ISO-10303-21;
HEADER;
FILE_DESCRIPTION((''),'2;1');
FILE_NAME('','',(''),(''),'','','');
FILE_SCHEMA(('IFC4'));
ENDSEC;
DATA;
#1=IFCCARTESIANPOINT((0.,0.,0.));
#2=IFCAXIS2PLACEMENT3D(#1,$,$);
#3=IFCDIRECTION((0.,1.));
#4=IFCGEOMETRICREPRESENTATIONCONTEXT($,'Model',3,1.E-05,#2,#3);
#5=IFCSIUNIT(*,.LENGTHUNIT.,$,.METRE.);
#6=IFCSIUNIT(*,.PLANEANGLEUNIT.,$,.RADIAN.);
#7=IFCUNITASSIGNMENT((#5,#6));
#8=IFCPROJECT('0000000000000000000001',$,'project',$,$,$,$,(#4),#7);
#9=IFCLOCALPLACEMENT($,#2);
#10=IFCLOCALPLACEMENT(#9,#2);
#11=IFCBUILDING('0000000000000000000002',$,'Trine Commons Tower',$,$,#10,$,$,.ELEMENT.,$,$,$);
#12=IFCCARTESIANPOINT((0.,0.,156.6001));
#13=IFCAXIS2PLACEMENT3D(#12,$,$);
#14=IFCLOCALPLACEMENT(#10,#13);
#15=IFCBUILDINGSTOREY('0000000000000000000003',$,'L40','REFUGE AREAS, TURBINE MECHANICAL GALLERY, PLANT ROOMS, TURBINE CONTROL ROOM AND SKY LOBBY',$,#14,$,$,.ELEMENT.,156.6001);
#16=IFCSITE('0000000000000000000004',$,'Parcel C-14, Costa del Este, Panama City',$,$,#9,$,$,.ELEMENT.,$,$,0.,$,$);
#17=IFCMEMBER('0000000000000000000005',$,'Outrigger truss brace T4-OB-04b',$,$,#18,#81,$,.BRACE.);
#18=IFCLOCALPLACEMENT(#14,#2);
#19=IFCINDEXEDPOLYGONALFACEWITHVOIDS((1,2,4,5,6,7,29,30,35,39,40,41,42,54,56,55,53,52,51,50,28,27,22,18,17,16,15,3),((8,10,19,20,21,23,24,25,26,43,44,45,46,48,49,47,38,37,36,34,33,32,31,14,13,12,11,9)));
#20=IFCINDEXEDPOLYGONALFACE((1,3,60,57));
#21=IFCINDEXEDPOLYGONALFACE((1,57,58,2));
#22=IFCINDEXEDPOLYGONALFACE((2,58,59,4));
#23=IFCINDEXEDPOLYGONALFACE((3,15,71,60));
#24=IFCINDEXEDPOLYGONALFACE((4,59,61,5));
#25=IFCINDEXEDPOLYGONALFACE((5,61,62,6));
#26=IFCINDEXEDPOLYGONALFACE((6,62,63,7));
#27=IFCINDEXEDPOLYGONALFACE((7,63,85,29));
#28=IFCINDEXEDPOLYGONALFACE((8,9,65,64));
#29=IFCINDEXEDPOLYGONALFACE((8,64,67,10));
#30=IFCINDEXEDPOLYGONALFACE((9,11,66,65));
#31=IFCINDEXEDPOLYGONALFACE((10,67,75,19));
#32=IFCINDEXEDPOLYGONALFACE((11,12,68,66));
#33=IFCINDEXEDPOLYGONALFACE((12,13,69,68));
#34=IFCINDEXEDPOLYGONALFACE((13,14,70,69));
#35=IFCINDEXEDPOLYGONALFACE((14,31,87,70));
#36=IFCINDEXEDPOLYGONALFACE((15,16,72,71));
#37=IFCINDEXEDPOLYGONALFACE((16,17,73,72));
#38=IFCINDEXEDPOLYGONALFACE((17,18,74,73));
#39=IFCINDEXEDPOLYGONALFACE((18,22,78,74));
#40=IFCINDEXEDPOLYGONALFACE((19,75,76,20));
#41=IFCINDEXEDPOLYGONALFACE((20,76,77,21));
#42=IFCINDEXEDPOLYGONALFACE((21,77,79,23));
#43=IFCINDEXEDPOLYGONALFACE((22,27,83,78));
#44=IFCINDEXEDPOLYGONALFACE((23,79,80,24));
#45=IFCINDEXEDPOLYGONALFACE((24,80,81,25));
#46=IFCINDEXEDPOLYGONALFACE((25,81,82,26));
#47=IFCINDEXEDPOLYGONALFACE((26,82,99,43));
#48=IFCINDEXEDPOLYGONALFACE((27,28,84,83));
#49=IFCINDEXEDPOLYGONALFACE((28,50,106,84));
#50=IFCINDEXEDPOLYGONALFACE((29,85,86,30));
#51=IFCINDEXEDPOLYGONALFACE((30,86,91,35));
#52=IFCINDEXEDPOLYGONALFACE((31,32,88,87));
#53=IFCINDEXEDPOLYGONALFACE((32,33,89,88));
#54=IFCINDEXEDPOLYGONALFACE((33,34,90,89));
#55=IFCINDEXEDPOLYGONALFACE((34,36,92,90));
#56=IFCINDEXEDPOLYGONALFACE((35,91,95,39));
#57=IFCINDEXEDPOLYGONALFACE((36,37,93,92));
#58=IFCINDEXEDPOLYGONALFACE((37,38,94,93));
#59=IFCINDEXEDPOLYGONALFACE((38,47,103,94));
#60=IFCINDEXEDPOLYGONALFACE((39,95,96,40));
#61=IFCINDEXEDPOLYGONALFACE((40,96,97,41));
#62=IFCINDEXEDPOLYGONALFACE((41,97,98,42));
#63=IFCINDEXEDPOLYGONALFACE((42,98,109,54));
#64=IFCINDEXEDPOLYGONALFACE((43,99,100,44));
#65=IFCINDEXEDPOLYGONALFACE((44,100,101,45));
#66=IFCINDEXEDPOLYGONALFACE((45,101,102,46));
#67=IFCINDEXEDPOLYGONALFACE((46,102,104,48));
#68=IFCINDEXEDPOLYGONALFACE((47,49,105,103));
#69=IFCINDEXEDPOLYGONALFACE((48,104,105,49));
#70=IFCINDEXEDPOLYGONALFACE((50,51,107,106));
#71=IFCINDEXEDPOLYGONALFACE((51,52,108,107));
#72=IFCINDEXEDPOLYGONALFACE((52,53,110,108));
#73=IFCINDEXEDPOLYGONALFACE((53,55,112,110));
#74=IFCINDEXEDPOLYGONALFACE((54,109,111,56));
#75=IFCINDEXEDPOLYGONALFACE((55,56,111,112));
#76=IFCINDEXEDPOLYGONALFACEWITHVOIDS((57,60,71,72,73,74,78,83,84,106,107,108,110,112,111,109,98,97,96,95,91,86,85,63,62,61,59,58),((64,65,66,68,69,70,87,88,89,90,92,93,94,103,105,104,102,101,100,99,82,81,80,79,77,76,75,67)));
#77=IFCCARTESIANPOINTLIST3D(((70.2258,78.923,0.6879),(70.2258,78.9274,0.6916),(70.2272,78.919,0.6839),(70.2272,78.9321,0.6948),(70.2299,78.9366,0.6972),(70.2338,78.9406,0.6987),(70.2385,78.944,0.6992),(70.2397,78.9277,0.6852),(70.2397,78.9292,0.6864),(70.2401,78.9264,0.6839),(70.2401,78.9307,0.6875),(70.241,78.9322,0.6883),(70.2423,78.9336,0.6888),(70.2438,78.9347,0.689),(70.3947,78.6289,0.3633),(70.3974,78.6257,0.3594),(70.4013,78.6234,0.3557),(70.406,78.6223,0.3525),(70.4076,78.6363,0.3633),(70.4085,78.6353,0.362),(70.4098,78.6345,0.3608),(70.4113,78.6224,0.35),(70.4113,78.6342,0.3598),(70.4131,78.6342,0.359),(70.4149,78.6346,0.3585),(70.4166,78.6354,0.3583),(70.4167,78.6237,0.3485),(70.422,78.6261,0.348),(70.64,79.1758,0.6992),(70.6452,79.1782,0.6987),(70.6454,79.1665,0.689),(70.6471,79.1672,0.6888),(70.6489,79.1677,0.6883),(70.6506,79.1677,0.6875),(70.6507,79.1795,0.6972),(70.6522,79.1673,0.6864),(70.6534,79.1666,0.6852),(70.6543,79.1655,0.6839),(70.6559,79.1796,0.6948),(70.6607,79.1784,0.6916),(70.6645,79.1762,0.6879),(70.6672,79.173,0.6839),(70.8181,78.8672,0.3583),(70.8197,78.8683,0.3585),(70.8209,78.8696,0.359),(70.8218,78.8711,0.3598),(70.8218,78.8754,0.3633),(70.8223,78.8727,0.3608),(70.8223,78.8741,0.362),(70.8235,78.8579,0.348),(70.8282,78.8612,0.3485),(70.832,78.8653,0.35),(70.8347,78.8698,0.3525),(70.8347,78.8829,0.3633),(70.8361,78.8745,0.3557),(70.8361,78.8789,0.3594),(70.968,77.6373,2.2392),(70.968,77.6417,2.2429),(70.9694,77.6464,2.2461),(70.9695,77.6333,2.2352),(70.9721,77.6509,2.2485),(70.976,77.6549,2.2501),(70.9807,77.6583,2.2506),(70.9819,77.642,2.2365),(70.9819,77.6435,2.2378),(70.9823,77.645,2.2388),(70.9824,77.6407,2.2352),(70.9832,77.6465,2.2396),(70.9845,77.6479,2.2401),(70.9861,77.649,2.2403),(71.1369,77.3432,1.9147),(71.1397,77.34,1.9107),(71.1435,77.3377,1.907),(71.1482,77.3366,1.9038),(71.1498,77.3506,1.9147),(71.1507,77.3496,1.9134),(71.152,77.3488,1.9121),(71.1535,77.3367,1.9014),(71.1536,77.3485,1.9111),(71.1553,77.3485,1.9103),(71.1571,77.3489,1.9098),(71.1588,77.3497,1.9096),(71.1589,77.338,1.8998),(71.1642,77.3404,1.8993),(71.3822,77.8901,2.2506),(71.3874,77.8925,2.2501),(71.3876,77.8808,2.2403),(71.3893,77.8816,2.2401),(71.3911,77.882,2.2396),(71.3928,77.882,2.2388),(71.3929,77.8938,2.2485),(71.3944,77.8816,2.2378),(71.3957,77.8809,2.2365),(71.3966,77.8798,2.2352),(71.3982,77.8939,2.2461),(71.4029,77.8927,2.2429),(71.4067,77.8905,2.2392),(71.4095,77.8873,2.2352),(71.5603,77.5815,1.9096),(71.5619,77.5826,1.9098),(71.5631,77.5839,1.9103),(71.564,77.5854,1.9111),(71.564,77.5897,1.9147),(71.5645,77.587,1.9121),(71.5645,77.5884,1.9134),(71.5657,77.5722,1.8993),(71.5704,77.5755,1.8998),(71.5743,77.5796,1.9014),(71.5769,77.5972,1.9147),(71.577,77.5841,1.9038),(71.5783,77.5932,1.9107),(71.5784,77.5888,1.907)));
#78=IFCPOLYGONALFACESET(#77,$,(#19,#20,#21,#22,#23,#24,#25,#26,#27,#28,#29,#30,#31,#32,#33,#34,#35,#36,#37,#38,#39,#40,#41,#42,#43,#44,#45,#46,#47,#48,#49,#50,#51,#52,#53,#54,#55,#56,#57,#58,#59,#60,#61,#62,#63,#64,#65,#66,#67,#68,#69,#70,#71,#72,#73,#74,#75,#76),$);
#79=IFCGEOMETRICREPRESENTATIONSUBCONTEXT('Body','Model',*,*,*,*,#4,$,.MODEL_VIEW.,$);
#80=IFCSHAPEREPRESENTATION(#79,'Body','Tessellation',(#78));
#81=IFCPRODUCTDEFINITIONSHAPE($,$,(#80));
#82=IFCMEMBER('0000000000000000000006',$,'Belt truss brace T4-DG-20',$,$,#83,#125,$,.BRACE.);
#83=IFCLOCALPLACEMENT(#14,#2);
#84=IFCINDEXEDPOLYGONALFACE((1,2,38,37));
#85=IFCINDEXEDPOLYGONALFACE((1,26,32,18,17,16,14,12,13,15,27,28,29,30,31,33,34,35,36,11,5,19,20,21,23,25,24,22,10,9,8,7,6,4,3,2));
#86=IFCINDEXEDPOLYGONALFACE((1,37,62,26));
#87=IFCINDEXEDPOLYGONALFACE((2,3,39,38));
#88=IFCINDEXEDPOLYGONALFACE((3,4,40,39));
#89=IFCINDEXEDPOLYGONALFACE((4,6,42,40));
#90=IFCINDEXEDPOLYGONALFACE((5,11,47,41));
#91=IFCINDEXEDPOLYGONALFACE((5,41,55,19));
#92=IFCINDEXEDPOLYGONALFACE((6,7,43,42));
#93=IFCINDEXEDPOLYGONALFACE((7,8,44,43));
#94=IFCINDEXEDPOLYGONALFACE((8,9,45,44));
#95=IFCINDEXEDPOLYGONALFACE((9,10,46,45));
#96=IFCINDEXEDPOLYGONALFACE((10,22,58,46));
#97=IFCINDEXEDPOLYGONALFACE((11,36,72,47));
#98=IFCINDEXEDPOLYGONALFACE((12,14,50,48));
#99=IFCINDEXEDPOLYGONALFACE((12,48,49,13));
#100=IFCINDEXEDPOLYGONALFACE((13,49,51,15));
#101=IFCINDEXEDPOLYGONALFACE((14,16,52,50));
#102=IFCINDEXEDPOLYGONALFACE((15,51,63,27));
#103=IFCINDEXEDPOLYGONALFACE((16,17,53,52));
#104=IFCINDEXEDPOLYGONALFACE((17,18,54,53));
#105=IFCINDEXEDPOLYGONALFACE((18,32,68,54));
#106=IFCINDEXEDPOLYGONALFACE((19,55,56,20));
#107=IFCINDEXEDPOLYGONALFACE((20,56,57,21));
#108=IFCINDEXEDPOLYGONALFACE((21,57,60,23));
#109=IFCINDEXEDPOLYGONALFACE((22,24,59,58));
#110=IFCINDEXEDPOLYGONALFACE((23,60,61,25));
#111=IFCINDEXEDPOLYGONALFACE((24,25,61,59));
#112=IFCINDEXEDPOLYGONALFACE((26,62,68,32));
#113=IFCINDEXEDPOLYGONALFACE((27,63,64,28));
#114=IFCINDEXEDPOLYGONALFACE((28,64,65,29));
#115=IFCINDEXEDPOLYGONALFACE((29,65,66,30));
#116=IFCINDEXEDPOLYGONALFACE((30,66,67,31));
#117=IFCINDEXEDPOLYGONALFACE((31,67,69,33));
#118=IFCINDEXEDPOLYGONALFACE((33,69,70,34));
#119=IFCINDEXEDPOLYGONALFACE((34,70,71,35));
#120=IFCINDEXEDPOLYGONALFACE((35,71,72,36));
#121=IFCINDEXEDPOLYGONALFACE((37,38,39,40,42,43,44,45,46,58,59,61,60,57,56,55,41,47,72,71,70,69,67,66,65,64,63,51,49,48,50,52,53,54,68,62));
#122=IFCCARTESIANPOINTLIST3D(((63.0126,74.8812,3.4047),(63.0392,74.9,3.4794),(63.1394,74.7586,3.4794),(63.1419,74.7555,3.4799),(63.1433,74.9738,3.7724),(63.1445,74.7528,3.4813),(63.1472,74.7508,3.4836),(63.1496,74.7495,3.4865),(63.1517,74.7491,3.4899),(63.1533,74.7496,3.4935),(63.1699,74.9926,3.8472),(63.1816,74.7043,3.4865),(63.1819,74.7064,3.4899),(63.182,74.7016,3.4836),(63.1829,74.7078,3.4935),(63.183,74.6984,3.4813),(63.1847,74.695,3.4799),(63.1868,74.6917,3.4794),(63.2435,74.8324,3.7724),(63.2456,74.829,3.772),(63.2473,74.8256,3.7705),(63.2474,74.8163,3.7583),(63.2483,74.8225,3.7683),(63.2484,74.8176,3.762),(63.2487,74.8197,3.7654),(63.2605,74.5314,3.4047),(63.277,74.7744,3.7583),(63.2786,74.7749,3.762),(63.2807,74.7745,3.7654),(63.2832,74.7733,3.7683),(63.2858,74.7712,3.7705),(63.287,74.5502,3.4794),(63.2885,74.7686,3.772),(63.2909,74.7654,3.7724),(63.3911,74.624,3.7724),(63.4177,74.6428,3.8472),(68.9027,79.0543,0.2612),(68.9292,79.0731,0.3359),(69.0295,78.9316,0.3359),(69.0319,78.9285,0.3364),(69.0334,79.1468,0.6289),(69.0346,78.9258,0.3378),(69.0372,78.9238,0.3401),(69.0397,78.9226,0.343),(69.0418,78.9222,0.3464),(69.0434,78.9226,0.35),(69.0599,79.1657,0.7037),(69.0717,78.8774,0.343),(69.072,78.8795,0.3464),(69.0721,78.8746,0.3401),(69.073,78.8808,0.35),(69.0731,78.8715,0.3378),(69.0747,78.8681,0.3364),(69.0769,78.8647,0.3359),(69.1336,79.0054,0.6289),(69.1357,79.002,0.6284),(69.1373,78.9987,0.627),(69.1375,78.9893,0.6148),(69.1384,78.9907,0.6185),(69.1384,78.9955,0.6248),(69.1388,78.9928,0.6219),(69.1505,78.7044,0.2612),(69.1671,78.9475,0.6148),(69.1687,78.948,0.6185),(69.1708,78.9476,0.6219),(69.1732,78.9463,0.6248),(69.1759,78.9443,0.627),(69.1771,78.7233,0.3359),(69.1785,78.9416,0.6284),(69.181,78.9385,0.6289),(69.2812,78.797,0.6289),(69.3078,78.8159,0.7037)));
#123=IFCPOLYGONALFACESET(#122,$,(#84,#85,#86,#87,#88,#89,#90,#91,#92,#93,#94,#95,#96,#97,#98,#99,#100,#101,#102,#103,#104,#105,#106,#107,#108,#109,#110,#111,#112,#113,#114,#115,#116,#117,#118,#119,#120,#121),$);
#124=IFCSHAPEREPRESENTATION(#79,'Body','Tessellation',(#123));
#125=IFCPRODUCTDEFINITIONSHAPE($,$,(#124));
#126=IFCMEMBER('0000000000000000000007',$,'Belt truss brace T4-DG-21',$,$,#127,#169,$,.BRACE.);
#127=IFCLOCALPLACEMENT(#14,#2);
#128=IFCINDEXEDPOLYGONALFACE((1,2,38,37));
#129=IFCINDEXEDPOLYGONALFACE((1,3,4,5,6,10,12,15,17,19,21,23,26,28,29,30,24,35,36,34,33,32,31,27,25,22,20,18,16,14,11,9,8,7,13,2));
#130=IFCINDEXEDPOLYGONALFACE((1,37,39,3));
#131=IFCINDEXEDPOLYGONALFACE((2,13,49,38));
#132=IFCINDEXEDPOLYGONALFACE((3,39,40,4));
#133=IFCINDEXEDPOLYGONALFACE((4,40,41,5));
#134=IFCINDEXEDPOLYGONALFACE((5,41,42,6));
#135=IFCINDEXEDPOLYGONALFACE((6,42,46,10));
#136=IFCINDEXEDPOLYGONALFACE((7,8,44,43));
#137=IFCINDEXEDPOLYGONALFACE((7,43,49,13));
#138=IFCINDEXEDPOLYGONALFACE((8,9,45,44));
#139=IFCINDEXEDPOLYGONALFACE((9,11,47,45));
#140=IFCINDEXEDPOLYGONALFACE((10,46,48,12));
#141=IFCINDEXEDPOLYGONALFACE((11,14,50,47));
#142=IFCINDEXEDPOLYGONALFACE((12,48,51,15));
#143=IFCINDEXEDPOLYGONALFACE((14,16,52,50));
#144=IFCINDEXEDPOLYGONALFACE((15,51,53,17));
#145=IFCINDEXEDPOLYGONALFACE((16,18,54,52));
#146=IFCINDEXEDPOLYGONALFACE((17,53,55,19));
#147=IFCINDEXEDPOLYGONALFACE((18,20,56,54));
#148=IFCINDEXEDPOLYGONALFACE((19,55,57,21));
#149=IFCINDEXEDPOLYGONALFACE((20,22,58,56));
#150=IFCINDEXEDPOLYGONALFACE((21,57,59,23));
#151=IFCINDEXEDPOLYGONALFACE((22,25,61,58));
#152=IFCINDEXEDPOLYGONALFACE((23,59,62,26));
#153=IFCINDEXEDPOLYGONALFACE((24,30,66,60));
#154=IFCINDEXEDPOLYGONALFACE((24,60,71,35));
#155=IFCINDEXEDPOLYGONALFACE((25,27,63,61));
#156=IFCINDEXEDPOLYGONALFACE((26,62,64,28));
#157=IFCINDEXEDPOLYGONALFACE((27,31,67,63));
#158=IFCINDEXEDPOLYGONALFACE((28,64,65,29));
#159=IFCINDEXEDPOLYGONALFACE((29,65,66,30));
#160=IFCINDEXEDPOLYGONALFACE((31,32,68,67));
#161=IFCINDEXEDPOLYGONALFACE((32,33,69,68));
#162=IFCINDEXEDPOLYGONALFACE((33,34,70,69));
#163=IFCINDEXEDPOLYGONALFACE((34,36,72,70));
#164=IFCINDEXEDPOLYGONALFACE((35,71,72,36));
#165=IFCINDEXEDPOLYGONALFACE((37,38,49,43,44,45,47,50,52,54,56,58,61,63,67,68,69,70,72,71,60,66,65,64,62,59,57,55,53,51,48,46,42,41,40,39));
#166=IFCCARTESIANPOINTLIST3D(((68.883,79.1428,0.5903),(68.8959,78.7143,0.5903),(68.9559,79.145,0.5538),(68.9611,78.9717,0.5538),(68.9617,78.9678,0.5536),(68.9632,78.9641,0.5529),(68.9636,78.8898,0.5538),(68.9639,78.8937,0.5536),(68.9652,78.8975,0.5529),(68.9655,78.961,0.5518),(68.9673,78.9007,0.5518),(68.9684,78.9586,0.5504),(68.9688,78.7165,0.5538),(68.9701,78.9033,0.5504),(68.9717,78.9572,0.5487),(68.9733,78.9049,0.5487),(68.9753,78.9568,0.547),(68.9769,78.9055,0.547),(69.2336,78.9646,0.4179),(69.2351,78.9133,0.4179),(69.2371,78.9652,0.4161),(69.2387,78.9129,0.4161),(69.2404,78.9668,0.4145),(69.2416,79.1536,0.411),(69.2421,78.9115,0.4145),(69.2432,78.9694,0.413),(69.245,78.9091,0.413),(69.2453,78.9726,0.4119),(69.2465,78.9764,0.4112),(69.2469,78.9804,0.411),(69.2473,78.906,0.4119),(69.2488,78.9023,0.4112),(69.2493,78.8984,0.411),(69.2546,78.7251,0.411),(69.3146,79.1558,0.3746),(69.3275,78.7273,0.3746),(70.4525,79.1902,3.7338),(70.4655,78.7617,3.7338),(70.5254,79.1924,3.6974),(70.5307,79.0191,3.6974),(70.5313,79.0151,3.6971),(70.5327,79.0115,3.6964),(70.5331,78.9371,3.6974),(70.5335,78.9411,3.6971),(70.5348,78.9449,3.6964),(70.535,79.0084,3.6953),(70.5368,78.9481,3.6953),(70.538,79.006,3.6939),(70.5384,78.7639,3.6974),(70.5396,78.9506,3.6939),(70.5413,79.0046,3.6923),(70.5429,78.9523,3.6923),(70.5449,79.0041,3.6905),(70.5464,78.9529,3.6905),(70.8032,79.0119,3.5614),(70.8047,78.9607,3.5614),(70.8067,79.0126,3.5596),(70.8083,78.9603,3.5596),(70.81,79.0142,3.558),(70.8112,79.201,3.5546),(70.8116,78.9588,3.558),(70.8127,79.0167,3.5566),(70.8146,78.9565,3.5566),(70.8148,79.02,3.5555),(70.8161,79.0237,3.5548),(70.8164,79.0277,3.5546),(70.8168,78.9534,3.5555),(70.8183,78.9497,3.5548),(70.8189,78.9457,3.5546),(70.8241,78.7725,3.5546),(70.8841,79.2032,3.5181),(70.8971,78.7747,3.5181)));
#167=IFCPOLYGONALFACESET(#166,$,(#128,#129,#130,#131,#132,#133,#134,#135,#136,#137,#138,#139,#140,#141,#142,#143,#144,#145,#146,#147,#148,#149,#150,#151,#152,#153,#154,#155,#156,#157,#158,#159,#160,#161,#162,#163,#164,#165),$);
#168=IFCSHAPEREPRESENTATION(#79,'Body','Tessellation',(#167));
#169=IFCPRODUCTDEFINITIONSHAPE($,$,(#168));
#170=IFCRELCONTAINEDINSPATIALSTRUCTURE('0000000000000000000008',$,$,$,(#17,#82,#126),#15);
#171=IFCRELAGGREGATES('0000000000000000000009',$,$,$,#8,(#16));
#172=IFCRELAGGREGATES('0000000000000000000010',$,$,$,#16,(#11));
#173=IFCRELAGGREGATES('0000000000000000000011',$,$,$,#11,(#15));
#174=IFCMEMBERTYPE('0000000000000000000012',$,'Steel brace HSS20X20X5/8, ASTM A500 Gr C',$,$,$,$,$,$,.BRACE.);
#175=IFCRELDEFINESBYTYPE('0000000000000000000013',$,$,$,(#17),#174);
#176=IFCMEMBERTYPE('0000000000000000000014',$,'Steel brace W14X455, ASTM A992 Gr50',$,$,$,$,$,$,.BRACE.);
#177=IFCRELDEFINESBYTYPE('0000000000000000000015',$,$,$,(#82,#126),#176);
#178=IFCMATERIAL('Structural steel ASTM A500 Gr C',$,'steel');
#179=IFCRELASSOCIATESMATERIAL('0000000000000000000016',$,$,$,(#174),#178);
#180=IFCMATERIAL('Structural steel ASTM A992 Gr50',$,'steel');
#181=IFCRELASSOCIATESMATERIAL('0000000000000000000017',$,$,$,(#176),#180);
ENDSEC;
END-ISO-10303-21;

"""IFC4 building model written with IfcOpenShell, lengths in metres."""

from ifc_helpers import new_model, si_unit, direction, frame, origin, origin_2d, place, context, subcontext, project, spatial, hollow_rectangle, i_section, extrude, material, material_profile, profile_set, type_object, element, save


model = new_model("IFC4")

# Units and contexts
model_context = context("Model", 3, precision=1e-05, world=origin(), true_north=direction((0.0, 1.0)))
body_context = subcontext(model_context, "Body", "Model", "MODEL_VIEW")
ifc_project = project(units=[si_unit("LENGTHUNIT", "METRE"), si_unit("PLANEANGLEUNIT", "RADIAN")], contexts=[model_context])

# Site, building, storey
site_placement = place(None, origin())
site = spatial("IfcSite", under=ifc_project, at=site_placement, Name="Parcel C-14, Costa del Este, Panama City", CompositionType="ELEMENT", RefElevation=0.0)
building_placement = place(site_placement, origin())
building = spatial("IfcBuilding", under=site, at=building_placement, Name="Trine Commons Tower", CompositionType="ELEMENT")
storey_placement = place(building_placement, frame((0.0, 0.0, 156.6001)))
storey = spatial("IfcBuildingStorey", under=building, at=storey_placement, Name="L40", Description="REFUGE AREAS, TURBINE MECHANICAL GALLERY, PLANT ROOMS, TURBINE CONTROL ROOM AND SKY LOBBY", CompositionType="ELEMENT", Elevation=156.6001)

# Members
ifc_material_1 = material(Name="Structural steel ASTM A500 Gr C", Category="steel")
ifc_material_profile_1 = material_profile(ifc_material_1, hollow_rectangle(XDim=0.5081, YDim=0.5081, WallThickness=0.0149, InnerFilletRadius=0.0073, OuterFilletRadius=0.0222, at=origin_2d()), Name="HSS20X20X5/8")
ifc_profile_set_1 = profile_set([ifc_material_profile_1], Name="Structural steel ASTM A500 Gr C")
member_type_1 = type_object("IfcMemberType", Name="Steel brace HSS20X20X5/8, ASTM A500 Gr C", PredefinedType="BRACE", material=ifc_profile_set_1)
member_1_placement = place(storey_placement, frame((71.2732, 77.6152, 2.075), z_axis=(-0.345665, 0.598774, -0.722486), x_axis=(-0.866049, -0.49996, 0.0)))
element("IfcMember", 1, at=member_1_placement, inside=storey, type_object=member_type_1, Name="Outrigger truss brace T4-OB-04b", PredefinedType="BRACE", context=body_context, shape_type="SweptSolid", body=[
    extrude(hollow_rectangle(XDim=0.5081, YDim=0.5081, WallThickness=0.0149, InnerFilletRadius=0.0073, OuterFilletRadius=0.0222, at=origin_2d()), origin(), (0.0, 0.0, 1.0), 2.1472),
])
ifc_material_2 = material(Name="Structural steel ASTM A992 Gr50", Category="steel")
ifc_material_profile_2 = material_profile(ifc_material_2, i_section(OverallWidth=0.4287, OverallDepth=0.4827, WebThickness=0.0513, FlangeThickness=0.0815, FilletRadius=0.0154, at=origin_2d()), Name="W14X455")
ifc_profile_set_2 = profile_set([ifc_material_profile_2], Name="Structural steel ASTM A992 Gr50")
member_type_2 = type_object("IfcMemberType", Name="Steel brace W14X455, ASTM A992 Gr50", PredefinedType="BRACE", material=ifc_profile_set_2)
member_2_placement = place(storey_placement, frame((69.1052, 78.9351, 0.4824), z_axis=(-0.748106, -0.530025, 0.399263), x_axis=(0.578102, -0.815965, 0.0)))
element("IfcMember", 2, at=member_2_placement, inside=storey, type_object=member_type_2, Name="Belt truss brace T4-DG-20", PredefinedType="BRACE", context=body_context, shape_type="SweptSolid", body=[
    extrude(i_section(OverallWidth=0.4287, OverallDepth=0.4827, WebThickness=0.0513, FlangeThickness=0.0815, FilletRadius=0.0154, at=origin_2d()), origin(), (0.0, 0.0, 1.0), 7.8733),
])
member_3_placement = place(storey_placement, frame((69.1052, 78.9351, 0.4824), z_axis=(0.446673, 0.013479, 0.894596), x_axis=(-0.030162, 0.999545, 0.0)))
element("IfcMember", 3, at=member_3_placement, inside=storey, type_object=member_type_2, Name="Belt truss brace T4-DG-21", PredefinedType="BRACE", context=body_context, shape_type="SweptSolid", body=[
    extrude(i_section(OverallWidth=0.4287, OverallDepth=0.4827, WebThickness=0.0513, FlangeThickness=0.0815, FilletRadius=0.0154, at=origin_2d()), origin(), (0.0, 0.0, 1.0), 3.5139),
])

save(model, "model.ifc")
